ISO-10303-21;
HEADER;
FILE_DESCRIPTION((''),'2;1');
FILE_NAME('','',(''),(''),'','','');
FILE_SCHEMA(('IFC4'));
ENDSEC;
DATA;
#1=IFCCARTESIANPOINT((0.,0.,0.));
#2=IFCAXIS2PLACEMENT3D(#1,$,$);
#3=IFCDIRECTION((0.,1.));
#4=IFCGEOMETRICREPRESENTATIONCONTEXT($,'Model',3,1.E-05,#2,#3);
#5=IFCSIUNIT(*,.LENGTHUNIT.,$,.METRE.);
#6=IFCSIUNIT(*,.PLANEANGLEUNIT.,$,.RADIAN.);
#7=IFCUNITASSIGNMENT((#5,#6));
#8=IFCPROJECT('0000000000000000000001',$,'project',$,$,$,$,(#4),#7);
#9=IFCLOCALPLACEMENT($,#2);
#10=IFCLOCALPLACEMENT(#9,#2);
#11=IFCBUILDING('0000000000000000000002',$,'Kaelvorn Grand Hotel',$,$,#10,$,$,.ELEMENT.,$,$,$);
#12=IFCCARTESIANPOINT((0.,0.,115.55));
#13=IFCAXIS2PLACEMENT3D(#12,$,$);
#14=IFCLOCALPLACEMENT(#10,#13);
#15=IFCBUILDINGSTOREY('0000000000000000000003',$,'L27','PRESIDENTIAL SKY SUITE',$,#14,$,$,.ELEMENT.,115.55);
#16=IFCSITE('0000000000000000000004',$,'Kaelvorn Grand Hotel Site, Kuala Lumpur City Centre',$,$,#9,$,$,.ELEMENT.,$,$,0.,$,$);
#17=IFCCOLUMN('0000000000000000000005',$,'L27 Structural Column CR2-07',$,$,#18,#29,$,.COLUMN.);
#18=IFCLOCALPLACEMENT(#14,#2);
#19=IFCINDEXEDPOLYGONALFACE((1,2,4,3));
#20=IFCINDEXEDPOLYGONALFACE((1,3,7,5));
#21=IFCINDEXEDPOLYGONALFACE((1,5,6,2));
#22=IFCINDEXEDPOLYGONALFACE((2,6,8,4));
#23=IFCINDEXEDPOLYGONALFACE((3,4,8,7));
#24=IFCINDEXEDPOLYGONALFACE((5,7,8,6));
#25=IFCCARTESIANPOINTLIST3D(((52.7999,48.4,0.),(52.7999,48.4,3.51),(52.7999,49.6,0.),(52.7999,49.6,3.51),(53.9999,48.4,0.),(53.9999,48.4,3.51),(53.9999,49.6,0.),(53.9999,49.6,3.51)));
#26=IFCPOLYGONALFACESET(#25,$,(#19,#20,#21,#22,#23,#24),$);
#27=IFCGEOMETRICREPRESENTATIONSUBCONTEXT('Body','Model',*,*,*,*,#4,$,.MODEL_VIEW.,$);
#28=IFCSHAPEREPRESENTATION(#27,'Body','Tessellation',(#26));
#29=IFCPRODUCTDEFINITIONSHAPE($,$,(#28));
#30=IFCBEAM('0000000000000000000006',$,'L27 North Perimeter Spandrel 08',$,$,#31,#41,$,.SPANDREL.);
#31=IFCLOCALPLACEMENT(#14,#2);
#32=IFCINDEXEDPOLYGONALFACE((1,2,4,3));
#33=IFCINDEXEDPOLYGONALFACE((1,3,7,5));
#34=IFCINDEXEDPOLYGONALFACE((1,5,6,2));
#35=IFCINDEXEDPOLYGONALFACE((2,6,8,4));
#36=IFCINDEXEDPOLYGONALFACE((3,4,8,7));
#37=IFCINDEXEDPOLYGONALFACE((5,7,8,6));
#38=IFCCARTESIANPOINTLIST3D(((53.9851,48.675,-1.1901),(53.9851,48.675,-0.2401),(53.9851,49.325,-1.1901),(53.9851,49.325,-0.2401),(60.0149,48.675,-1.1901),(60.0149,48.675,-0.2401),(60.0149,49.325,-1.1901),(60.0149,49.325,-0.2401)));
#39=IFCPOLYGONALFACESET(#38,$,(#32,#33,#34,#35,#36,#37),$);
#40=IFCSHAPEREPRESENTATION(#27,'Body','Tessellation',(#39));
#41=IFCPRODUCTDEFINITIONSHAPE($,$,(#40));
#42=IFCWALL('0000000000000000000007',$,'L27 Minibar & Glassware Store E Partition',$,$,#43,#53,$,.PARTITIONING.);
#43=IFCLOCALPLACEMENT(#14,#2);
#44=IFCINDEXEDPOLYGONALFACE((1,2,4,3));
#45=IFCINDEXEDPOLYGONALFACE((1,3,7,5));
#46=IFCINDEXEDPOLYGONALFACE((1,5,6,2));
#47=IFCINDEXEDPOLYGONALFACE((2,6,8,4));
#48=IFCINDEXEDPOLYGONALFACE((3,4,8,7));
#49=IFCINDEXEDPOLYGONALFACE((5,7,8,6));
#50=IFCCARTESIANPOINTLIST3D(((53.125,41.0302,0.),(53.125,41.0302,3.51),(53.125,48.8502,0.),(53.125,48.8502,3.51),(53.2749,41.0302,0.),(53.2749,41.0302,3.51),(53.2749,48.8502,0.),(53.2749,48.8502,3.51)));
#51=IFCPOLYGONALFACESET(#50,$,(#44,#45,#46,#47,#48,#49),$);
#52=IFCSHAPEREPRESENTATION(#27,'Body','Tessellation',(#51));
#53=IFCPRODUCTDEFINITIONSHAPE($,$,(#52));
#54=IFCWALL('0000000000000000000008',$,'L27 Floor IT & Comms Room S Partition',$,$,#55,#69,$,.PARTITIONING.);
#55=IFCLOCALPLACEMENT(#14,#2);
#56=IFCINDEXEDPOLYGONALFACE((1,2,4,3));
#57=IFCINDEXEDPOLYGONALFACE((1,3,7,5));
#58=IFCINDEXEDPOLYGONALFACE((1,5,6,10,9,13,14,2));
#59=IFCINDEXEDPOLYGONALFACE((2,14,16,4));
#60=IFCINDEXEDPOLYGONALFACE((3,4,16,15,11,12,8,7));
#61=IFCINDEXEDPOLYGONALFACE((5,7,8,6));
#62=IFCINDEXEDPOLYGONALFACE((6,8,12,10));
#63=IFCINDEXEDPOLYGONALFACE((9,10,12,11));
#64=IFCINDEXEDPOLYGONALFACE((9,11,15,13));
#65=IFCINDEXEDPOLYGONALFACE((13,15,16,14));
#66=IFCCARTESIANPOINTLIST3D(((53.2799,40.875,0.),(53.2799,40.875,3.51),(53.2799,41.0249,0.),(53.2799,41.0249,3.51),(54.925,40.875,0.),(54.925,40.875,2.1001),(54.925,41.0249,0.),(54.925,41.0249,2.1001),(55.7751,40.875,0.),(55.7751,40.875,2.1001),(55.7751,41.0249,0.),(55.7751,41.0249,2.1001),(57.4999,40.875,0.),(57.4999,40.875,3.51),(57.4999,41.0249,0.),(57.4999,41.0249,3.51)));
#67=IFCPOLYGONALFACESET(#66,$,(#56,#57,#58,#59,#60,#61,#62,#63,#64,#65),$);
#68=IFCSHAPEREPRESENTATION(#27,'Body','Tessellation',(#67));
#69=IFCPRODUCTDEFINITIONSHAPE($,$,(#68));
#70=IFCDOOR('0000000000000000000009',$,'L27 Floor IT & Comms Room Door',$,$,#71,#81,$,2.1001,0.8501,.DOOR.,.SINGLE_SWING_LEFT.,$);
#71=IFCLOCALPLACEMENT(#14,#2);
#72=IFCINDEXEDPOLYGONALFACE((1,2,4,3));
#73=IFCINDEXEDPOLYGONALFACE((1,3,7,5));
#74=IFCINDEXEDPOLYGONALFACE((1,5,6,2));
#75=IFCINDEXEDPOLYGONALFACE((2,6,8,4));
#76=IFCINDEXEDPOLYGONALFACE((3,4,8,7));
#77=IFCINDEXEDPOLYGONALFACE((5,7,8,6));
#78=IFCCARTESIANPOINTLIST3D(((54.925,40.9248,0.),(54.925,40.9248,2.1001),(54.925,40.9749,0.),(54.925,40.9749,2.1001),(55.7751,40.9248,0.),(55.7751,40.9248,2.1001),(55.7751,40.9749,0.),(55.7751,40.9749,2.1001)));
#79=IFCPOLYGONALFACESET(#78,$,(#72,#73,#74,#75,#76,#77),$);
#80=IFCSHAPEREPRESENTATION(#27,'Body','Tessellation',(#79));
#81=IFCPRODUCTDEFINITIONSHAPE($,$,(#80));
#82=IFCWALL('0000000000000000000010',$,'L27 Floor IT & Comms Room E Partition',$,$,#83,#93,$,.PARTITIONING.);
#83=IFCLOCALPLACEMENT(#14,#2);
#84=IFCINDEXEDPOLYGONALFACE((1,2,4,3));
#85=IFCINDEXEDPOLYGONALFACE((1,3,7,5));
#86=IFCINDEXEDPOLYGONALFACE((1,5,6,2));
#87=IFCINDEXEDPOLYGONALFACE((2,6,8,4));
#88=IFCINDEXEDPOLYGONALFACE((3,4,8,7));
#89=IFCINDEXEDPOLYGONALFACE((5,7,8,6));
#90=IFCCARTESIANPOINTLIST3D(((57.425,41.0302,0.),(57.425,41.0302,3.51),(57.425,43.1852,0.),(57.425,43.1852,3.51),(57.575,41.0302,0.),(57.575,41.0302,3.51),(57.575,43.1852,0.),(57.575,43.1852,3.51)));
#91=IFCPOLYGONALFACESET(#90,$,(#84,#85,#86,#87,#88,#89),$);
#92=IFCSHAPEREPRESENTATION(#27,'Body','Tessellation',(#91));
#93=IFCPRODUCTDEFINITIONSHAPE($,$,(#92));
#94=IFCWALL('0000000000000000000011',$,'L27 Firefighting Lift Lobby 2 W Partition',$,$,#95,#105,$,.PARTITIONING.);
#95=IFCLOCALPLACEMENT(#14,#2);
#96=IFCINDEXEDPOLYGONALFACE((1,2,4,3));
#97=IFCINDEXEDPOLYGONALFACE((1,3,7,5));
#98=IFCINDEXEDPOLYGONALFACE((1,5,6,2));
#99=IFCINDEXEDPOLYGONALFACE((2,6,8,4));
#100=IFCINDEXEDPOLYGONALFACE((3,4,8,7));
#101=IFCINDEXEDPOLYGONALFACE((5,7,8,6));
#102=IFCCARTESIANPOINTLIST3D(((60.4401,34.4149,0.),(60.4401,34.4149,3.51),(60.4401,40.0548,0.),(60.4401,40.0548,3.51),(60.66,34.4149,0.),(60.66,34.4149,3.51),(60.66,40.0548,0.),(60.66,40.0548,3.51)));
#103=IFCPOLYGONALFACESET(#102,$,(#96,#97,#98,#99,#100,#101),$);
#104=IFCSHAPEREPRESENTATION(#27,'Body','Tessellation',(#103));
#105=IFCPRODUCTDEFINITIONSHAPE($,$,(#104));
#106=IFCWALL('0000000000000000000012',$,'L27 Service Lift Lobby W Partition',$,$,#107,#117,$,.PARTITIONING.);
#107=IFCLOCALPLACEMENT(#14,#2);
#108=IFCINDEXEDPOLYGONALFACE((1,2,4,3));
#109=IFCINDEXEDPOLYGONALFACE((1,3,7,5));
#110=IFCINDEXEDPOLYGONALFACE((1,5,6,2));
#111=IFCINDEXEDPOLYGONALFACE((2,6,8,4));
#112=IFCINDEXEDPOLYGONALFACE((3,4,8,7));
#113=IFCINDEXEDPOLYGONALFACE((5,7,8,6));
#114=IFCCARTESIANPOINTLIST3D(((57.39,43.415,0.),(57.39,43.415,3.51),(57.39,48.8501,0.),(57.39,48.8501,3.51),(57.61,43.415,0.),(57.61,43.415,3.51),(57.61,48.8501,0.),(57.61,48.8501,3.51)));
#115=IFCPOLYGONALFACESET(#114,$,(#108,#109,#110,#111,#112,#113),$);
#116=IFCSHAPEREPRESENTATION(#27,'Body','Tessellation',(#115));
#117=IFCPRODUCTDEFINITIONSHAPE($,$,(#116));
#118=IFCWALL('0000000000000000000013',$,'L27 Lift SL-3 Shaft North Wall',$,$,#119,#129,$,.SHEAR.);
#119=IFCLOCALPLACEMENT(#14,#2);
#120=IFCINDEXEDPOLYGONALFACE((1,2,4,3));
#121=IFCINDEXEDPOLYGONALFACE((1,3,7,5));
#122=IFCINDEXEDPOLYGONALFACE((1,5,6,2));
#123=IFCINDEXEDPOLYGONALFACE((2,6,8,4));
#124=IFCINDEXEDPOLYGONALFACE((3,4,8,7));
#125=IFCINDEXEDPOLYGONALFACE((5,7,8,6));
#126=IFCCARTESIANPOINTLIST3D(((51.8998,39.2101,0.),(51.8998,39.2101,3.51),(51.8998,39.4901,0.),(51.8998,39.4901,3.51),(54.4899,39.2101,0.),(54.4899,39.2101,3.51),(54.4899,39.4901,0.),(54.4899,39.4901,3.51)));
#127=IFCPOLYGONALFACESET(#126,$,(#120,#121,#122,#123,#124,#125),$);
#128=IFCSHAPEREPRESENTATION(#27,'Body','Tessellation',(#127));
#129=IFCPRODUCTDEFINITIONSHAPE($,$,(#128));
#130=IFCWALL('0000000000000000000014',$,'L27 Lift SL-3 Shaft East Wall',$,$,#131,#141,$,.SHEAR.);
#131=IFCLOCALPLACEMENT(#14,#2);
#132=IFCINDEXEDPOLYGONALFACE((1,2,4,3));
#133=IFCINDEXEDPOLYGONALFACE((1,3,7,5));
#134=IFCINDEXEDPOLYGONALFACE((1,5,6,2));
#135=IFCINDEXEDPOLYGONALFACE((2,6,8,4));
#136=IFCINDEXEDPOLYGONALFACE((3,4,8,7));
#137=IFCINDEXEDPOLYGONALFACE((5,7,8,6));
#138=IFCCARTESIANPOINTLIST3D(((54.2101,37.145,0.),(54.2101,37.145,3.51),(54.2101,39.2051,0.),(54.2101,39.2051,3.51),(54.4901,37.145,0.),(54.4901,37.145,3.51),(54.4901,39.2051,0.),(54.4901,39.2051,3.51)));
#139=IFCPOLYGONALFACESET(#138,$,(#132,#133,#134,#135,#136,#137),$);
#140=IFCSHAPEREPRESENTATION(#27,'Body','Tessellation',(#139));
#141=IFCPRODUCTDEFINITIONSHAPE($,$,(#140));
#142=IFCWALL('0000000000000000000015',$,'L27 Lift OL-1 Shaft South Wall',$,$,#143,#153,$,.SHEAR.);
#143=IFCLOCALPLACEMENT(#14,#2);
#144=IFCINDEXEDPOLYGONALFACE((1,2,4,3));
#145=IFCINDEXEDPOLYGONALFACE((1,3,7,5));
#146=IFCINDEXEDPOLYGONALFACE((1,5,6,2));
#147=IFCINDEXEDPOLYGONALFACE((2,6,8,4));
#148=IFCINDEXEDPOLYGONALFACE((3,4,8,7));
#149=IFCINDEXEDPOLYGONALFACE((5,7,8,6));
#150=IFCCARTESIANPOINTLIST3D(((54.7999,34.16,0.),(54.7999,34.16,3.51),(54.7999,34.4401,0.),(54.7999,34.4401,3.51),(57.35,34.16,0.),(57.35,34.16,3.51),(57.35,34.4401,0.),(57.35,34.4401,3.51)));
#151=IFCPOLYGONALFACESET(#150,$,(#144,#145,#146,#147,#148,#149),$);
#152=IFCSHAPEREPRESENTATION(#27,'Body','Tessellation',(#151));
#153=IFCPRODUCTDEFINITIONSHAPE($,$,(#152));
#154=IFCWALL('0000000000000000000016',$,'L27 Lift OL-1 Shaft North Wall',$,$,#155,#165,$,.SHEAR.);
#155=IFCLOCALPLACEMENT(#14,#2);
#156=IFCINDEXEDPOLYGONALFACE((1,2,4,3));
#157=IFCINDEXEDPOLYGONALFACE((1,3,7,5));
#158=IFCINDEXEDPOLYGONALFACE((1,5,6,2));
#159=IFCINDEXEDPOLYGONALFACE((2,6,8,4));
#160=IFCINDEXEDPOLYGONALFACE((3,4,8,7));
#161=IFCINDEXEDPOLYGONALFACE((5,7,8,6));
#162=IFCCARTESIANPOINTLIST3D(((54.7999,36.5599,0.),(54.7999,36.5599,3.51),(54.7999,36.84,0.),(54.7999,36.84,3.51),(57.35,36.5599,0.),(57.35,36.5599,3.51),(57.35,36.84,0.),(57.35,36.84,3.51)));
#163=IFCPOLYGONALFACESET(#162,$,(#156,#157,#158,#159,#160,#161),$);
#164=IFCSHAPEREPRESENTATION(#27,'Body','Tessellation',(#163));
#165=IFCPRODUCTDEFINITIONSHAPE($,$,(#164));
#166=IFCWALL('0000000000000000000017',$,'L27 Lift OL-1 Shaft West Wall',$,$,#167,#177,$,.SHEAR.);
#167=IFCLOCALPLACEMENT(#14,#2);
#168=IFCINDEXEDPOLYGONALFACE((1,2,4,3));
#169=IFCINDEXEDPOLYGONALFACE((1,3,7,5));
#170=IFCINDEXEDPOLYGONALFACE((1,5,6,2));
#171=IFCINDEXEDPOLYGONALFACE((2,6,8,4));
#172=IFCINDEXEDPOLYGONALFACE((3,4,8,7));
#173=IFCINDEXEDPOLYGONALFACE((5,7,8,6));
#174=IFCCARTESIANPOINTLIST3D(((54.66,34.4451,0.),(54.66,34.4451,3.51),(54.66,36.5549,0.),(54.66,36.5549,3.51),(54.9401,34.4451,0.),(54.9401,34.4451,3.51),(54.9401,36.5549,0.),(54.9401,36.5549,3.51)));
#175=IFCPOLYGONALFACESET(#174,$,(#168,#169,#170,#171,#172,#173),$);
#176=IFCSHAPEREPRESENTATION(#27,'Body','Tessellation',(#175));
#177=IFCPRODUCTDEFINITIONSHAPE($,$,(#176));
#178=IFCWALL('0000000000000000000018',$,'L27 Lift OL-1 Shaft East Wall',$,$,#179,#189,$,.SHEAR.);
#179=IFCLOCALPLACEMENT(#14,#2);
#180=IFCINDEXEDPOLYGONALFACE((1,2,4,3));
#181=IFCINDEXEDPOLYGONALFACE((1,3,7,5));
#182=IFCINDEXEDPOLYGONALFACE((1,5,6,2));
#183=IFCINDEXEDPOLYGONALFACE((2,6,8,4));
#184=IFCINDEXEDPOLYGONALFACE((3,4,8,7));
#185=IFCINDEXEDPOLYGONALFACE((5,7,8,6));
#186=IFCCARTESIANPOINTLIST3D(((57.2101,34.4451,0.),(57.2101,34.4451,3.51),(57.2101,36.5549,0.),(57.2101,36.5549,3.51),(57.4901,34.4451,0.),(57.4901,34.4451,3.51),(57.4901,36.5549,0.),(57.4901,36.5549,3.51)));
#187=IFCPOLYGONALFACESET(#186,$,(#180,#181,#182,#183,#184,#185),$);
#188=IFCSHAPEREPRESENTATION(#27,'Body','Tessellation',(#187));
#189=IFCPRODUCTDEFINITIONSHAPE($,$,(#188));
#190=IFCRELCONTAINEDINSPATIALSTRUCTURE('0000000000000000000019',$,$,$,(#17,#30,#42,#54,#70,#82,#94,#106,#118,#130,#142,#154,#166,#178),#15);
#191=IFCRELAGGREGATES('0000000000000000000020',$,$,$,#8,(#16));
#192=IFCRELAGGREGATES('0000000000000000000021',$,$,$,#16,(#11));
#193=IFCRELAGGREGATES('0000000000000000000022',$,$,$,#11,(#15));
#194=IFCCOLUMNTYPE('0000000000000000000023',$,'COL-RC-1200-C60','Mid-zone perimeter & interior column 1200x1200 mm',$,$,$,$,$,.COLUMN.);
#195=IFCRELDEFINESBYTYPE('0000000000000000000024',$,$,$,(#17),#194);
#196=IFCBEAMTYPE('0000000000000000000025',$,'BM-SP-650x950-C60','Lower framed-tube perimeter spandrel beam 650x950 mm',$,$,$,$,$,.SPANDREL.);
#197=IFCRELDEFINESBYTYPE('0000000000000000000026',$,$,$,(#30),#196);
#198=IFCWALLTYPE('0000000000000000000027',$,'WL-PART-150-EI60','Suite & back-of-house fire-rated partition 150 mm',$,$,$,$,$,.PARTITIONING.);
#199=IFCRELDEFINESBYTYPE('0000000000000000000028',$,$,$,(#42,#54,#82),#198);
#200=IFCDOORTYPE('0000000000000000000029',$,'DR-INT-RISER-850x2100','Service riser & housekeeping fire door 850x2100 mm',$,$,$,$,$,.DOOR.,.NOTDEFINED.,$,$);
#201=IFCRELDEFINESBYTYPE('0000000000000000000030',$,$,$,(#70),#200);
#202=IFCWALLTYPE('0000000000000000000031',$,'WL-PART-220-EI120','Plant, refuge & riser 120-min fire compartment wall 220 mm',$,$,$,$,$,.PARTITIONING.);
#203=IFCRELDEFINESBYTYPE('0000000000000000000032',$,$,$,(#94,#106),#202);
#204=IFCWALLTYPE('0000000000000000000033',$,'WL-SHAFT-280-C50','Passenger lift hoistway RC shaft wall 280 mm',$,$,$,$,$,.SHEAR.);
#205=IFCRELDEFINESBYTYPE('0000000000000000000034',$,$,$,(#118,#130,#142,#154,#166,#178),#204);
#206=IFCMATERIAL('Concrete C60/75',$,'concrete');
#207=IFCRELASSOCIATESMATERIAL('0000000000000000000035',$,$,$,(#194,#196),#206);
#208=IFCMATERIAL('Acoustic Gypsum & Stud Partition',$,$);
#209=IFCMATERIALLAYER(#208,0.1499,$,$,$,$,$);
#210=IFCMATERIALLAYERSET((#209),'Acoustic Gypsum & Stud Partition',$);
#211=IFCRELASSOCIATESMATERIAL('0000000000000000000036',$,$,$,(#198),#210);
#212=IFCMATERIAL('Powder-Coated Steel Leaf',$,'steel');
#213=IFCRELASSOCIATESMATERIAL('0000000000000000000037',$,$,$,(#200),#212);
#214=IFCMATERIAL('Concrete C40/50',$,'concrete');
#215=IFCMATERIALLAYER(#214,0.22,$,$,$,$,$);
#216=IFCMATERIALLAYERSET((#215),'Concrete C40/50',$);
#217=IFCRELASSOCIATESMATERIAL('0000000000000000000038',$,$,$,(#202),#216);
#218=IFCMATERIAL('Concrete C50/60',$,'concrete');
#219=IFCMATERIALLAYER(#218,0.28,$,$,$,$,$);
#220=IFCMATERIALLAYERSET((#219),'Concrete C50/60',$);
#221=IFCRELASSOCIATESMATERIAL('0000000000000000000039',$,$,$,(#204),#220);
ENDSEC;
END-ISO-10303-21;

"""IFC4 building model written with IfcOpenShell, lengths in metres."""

from ifc_helpers import new_model, si_unit, direction, frame, frame_2d, origin, origin_2d, place, context, subcontext, project, spatial, rectangle, extrude, material, layer, layer_set, material_profile, profile_set, type_object, element, fill, save


model = new_model("IFC4")

# Units and contexts
model_context = context("Model", 3, precision=1e-05, world=origin(), true_north=direction((0.0, 1.0)))
body_context = subcontext(model_context, "Body", "Model", "MODEL_VIEW")
ifc_project = project(units=[si_unit("LENGTHUNIT", "METRE"), si_unit("PLANEANGLEUNIT", "RADIAN")], contexts=[model_context])

# Site, building, storey
site_placement = place(None, origin())
site = spatial("IfcSite", under=ifc_project, at=site_placement, Name="Kaelvorn Grand Hotel Site, Kuala Lumpur City Centre", CompositionType="ELEMENT", RefElevation=0.0)
building_placement = place(site_placement, origin())
building = spatial("IfcBuilding", under=site, at=building_placement, Name="Kaelvorn Grand Hotel", CompositionType="ELEMENT")
storey_placement = place(building_placement, frame((0.0, 0.0, 115.55)))
storey = spatial("IfcBuildingStorey", under=building, at=storey_placement, Name="L27", Description="PRESIDENTIAL SKY SUITE", CompositionType="ELEMENT", Elevation=115.55)

# Column
ifc_material_1 = material(Name="Concrete C60/75", Category="concrete")
ifc_material_profile_1 = material_profile(ifc_material_1, rectangle(XDim=1.2, YDim=1.2, at=origin_2d()), Name="RC COL 1200x1200")
ifc_profile_set_1 = profile_set([ifc_material_profile_1], Name="Concrete C60/75")
column_type = type_object("IfcColumnType", Name="COL-RC-1200-C60", Description="Mid-zone perimeter & interior column 1200x1200 mm", PredefinedType="COLUMN", material=ifc_profile_set_1)
column_placement = place(storey_placement, frame((53.3999, 49.0, 0.0), z_axis=(0.0, 0.0, 1.0), x_axis=(1.0, 0.0, 0.0)))
element("IfcColumn", 1, at=column_placement, inside=storey, type_object=column_type, Name="L27 Structural Column CR2-07", PredefinedType="COLUMN", context=body_context, shape_type="SweptSolid", body=[
    extrude(rectangle(XDim=1.2, YDim=1.2, at=origin_2d()), origin(), (0.0, 0.0, 1.0), 3.51),
])

# Beam
ifc_material_profile_2 = material_profile(ifc_material_1, rectangle(XDim=0.6499, YDim=0.95, at=origin_2d()), Name="RC SPANDREL 650x950")
ifc_profile_set_2 = profile_set([ifc_material_profile_2], Name="Concrete C60/75")
beam_type = type_object("IfcBeamType", Name="BM-SP-650x950-C60", Description="Lower framed-tube perimeter spandrel beam 650x950 mm", PredefinedType="SPANDREL", material=ifc_profile_set_2)
beam_placement = place(storey_placement, frame((53.9851, 49.0, -0.7151), z_axis=(1.0, 0.0, 0.0), x_axis=(0.0, 1.0, 0.0)))
element("IfcBeam", 2, at=beam_placement, inside=storey, type_object=beam_type, Name="L27 North Perimeter Spandrel 08", PredefinedType="SPANDREL", context=body_context, shape_type="SweptSolid", body=[
    extrude(rectangle(XDim=0.6499, YDim=0.95, at=origin_2d()), origin(), (0.0, 0.0, 1.0), 6.0298),
])

# Wall
ifc_material_2 = material(Name="Acoustic Gypsum & Stud Partition")
ifc_layer_1 = layer(ifc_material_2, 0.1499)
ifc_layer_set_1 = layer_set([ifc_layer_1], Name="Acoustic Gypsum & Stud Partition")
wall_type_1 = type_object("IfcWallType", Name="WL-PART-150-EI60", Description="Suite & back-of-house fire-rated partition 150 mm", PredefinedType="PARTITIONING", material=ifc_layer_set_1)
wall_1_placement = place(storey_placement, frame((53.2, 41.03, 0.0), z_axis=(0.0, 0.0, 1.0), x_axis=(0.0, 1.0, 0.0)))
element("IfcWall", 3, at=wall_1_placement, inside=storey, type_object=wall_type_1, Name="L27 Minibar & Glassware Store E Partition", PredefinedType="PARTITIONING", context=body_context, shape_type="SweptSolid", body=[
    extrude(rectangle(XDim=7.8201, YDim=0.1499, at=frame_2d((3.9102, 0.0))), origin(), (0.0, 0.0, 1.0), 3.51),
])

# Wall, opening, door
wall_2_placement = place(storey_placement, frame((53.28, 40.95, 0.0), z_axis=(0.0, 0.0, 1.0), x_axis=(1.0, 0.0, 0.0)))
wall_2 = element("IfcWall", 4, at=wall_2_placement, inside=storey, type_object=wall_type_1, Name="L27 Floor IT & Comms Room S Partition", PredefinedType="PARTITIONING", context=body_context, shape_type="SweptSolid", body=[
    extrude(rectangle(XDim=4.22, YDim=0.1499, at=frame_2d((2.1099, 0.0))), origin(), (0.0, 0.0, 1.0), 3.51),
])
opening_1_placement = place(wall_2_placement, frame((1.645, 0.0, 0.0)))
opening_1 = element("IfcOpeningElement", 5, at=opening_1_placement, cuts=wall_2, PredefinedType="OPENING", context=body_context, shape_type="SweptSolid", body=[
    extrude(rectangle(XDim=0.8501, YDim=2.1001, at=frame_2d((0.425, 1.05))), frame((0.0, 0.085, 0.0), z_axis=(0.0, -1.0, 0.0), x_axis=(1.0, 0.0, 0.0)), (0.0, 0.0, 1.0), 0.1699),
])
ifc_material_3 = material(Name="Powder-Coated Steel Leaf", Category="steel")
door_type_1 = type_object("IfcDoorType", Name="DR-INT-RISER-850x2100", Description="Service riser & housekeeping fire door 850x2100 mm", OperationType="NOTDEFINED", PredefinedType="DOOR", material=ifc_material_3)
door_1_placement = place(opening_1_placement, origin())
door_1 = element("IfcDoor", 6, at=door_1_placement, inside=storey, type_object=door_type_1, Name="L27 Floor IT & Comms Room Door", OperationType="SINGLE_SWING_LEFT", OverallHeight=2.1001, OverallWidth=0.8501, PredefinedType="DOOR", context=body_context, shape_type="SweptSolid", body=[
    extrude(rectangle(XDim=0.8501, YDim=2.1001, at=frame_2d((0.425, 1.05))), frame((0.0, 0.0249, 0.0), z_axis=(0.0, -1.0, 0.0), x_axis=(1.0, 0.0, 0.0)), (0.0, 0.0, 1.0), 0.05),
])
fill(opening_1, door_1)

# Wall
wall_3_placement = place(storey_placement, frame((57.5, 41.03, 0.0), z_axis=(0.0, 0.0, 1.0), x_axis=(0.0, 1.0, 0.0)))
element("IfcWall", 7, at=wall_3_placement, inside=storey, type_object=wall_type_1, Name="L27 Floor IT & Comms Room E Partition", PredefinedType="PARTITIONING", context=body_context, shape_type="SweptSolid", body=[
    extrude(rectangle(XDim=2.155, YDim=0.1499, at=frame_2d((1.0776, 0.0))), origin(), (0.0, 0.0, 1.0), 3.51),
])

# Shared definitions
ifc_material_4 = material(Name="Concrete C40/50", Category="concrete")
ifc_layer_2 = layer(ifc_material_4, 0.22)
ifc_layer_set_2 = layer_set([ifc_layer_2], Name="Concrete C40/50")
wall_type_2 = type_object("IfcWallType", Name="WL-PART-220-EI120", Description="Plant, refuge & riser 120-min fire compartment wall 220 mm", PredefinedType="PARTITIONING", material=ifc_layer_set_2)

# Wall
wall_4_placement = place(storey_placement, frame((60.55, 34.415, 0.0), z_axis=(0.0, 0.0, 1.0), x_axis=(0.0, 1.0, 0.0)))
element("IfcWall", 8, at=wall_4_placement, inside=storey, type_object=wall_type_2, Name="L27 Firefighting Lift Lobby 2 W Partition", PredefinedType="PARTITIONING", context=body_context, shape_type="SweptSolid", body=[
    extrude(rectangle(XDim=5.6399, YDim=0.22, at=frame_2d((2.8198, 0.0))), origin(), (0.0, 0.0, 1.0), 3.51),
])

# Walls
wall_5_placement = place(storey_placement, frame((57.5, 43.415, 0.0), z_axis=(0.0, 0.0, 1.0), x_axis=(0.0, 1.0, 0.0)))
element("IfcWall", 9, at=wall_5_placement, inside=storey, type_object=wall_type_2, Name="L27 Service Lift Lobby W Partition", PredefinedType="PARTITIONING", context=body_context, shape_type="SweptSolid", body=[
    extrude(rectangle(XDim=5.4351, YDim=0.22, at=frame_2d((2.7175, 0.0))), origin(), (0.0, 0.0, 1.0), 3.51),
])
ifc_material_5 = material(Name="Concrete C50/60", Category="concrete")
ifc_layer_3 = layer(ifc_material_5, 0.28)
ifc_layer_set_3 = layer_set([ifc_layer_3], Name="Concrete C50/60")
wall_type_3 = type_object("IfcWallType", Name="WL-SHAFT-280-C50", Description="Passenger lift hoistway RC shaft wall 280 mm", PredefinedType="SHEAR", material=ifc_layer_set_3)
wall_6_placement = place(storey_placement, frame((51.8999, 39.3501, 0.0), z_axis=(0.0, 0.0, 1.0), x_axis=(1.0, 0.0, 0.0)))
element("IfcWall", 10, at=wall_6_placement, inside=storey, type_object=wall_type_3, Name="L27 Lift SL-3 Shaft North Wall", PredefinedType="SHEAR", context=body_context, shape_type="SweptSolid", body=[
    extrude(rectangle(XDim=2.5901, YDim=0.28, at=frame_2d((1.2949, 0.0))), origin(), (0.0, 0.0, 1.0), 3.51),
])
wall_7_placement = place(storey_placement, frame((54.3501, 37.145, 0.0), z_axis=(0.0, 0.0, 1.0), x_axis=(0.0, 1.0, 0.0)))
element("IfcWall", 11, at=wall_7_placement, inside=storey, type_object=wall_type_3, Name="L27 Lift SL-3 Shaft East Wall", PredefinedType="SHEAR", context=body_context, shape_type="SweptSolid", body=[
    extrude(rectangle(XDim=2.0601, YDim=0.28, at=frame_2d((1.03, 0.0))), origin(), (0.0, 0.0, 1.0), 3.51),
])
for number, where, z_axis, x_axis, name in (
    (12, (54.8, 34.3, 0.0), (0.0, 0.0, 1.0), (1.0, 0.0, 0.0), "L27 Lift OL-1 Shaft South Wall"),
    (13, (54.8, 36.7, 0.0), (0.0, 0.0, 1.0), (1.0, 0.0, 0.0), "L27 Lift OL-1 Shaft North Wall"),
):
    element("IfcWall", number, at=place(storey_placement, frame(where, z_axis=z_axis, x_axis=x_axis)), inside=storey, type_object=wall_type_3, Name=name, PredefinedType="SHEAR", context=body_context, shape_type="SweptSolid", body=[
        extrude(rectangle(XDim=2.55, YDim=0.28, at=frame_2d((1.2749, 0.0))), origin(), (0.0, 0.0, 1.0), 3.51),
    ])
for number, where, z_axis, x_axis, name in (
    (14, (54.8, 34.4451, 0.0), (0.0, 0.0, 1.0), (0.0, 1.0, 0.0), "L27 Lift OL-1 Shaft West Wall"),
    (15, (57.3501, 34.4451, 0.0), (0.0, 0.0, 1.0), (0.0, 1.0, 0.0), "L27 Lift OL-1 Shaft East Wall"),
):
    element("IfcWall", number, at=place(storey_placement, frame(where, z_axis=z_axis, x_axis=x_axis)), inside=storey, type_object=wall_type_3, Name=name, PredefinedType="SHEAR", context=body_context, shape_type="SweptSolid", body=[
        extrude(rectangle(XDim=2.1099, YDim=0.28, at=frame_2d((1.0549, 0.0))), origin(), (0.0, 0.0, 1.0), 3.51),
    ])

save(model, "model.ifc")
